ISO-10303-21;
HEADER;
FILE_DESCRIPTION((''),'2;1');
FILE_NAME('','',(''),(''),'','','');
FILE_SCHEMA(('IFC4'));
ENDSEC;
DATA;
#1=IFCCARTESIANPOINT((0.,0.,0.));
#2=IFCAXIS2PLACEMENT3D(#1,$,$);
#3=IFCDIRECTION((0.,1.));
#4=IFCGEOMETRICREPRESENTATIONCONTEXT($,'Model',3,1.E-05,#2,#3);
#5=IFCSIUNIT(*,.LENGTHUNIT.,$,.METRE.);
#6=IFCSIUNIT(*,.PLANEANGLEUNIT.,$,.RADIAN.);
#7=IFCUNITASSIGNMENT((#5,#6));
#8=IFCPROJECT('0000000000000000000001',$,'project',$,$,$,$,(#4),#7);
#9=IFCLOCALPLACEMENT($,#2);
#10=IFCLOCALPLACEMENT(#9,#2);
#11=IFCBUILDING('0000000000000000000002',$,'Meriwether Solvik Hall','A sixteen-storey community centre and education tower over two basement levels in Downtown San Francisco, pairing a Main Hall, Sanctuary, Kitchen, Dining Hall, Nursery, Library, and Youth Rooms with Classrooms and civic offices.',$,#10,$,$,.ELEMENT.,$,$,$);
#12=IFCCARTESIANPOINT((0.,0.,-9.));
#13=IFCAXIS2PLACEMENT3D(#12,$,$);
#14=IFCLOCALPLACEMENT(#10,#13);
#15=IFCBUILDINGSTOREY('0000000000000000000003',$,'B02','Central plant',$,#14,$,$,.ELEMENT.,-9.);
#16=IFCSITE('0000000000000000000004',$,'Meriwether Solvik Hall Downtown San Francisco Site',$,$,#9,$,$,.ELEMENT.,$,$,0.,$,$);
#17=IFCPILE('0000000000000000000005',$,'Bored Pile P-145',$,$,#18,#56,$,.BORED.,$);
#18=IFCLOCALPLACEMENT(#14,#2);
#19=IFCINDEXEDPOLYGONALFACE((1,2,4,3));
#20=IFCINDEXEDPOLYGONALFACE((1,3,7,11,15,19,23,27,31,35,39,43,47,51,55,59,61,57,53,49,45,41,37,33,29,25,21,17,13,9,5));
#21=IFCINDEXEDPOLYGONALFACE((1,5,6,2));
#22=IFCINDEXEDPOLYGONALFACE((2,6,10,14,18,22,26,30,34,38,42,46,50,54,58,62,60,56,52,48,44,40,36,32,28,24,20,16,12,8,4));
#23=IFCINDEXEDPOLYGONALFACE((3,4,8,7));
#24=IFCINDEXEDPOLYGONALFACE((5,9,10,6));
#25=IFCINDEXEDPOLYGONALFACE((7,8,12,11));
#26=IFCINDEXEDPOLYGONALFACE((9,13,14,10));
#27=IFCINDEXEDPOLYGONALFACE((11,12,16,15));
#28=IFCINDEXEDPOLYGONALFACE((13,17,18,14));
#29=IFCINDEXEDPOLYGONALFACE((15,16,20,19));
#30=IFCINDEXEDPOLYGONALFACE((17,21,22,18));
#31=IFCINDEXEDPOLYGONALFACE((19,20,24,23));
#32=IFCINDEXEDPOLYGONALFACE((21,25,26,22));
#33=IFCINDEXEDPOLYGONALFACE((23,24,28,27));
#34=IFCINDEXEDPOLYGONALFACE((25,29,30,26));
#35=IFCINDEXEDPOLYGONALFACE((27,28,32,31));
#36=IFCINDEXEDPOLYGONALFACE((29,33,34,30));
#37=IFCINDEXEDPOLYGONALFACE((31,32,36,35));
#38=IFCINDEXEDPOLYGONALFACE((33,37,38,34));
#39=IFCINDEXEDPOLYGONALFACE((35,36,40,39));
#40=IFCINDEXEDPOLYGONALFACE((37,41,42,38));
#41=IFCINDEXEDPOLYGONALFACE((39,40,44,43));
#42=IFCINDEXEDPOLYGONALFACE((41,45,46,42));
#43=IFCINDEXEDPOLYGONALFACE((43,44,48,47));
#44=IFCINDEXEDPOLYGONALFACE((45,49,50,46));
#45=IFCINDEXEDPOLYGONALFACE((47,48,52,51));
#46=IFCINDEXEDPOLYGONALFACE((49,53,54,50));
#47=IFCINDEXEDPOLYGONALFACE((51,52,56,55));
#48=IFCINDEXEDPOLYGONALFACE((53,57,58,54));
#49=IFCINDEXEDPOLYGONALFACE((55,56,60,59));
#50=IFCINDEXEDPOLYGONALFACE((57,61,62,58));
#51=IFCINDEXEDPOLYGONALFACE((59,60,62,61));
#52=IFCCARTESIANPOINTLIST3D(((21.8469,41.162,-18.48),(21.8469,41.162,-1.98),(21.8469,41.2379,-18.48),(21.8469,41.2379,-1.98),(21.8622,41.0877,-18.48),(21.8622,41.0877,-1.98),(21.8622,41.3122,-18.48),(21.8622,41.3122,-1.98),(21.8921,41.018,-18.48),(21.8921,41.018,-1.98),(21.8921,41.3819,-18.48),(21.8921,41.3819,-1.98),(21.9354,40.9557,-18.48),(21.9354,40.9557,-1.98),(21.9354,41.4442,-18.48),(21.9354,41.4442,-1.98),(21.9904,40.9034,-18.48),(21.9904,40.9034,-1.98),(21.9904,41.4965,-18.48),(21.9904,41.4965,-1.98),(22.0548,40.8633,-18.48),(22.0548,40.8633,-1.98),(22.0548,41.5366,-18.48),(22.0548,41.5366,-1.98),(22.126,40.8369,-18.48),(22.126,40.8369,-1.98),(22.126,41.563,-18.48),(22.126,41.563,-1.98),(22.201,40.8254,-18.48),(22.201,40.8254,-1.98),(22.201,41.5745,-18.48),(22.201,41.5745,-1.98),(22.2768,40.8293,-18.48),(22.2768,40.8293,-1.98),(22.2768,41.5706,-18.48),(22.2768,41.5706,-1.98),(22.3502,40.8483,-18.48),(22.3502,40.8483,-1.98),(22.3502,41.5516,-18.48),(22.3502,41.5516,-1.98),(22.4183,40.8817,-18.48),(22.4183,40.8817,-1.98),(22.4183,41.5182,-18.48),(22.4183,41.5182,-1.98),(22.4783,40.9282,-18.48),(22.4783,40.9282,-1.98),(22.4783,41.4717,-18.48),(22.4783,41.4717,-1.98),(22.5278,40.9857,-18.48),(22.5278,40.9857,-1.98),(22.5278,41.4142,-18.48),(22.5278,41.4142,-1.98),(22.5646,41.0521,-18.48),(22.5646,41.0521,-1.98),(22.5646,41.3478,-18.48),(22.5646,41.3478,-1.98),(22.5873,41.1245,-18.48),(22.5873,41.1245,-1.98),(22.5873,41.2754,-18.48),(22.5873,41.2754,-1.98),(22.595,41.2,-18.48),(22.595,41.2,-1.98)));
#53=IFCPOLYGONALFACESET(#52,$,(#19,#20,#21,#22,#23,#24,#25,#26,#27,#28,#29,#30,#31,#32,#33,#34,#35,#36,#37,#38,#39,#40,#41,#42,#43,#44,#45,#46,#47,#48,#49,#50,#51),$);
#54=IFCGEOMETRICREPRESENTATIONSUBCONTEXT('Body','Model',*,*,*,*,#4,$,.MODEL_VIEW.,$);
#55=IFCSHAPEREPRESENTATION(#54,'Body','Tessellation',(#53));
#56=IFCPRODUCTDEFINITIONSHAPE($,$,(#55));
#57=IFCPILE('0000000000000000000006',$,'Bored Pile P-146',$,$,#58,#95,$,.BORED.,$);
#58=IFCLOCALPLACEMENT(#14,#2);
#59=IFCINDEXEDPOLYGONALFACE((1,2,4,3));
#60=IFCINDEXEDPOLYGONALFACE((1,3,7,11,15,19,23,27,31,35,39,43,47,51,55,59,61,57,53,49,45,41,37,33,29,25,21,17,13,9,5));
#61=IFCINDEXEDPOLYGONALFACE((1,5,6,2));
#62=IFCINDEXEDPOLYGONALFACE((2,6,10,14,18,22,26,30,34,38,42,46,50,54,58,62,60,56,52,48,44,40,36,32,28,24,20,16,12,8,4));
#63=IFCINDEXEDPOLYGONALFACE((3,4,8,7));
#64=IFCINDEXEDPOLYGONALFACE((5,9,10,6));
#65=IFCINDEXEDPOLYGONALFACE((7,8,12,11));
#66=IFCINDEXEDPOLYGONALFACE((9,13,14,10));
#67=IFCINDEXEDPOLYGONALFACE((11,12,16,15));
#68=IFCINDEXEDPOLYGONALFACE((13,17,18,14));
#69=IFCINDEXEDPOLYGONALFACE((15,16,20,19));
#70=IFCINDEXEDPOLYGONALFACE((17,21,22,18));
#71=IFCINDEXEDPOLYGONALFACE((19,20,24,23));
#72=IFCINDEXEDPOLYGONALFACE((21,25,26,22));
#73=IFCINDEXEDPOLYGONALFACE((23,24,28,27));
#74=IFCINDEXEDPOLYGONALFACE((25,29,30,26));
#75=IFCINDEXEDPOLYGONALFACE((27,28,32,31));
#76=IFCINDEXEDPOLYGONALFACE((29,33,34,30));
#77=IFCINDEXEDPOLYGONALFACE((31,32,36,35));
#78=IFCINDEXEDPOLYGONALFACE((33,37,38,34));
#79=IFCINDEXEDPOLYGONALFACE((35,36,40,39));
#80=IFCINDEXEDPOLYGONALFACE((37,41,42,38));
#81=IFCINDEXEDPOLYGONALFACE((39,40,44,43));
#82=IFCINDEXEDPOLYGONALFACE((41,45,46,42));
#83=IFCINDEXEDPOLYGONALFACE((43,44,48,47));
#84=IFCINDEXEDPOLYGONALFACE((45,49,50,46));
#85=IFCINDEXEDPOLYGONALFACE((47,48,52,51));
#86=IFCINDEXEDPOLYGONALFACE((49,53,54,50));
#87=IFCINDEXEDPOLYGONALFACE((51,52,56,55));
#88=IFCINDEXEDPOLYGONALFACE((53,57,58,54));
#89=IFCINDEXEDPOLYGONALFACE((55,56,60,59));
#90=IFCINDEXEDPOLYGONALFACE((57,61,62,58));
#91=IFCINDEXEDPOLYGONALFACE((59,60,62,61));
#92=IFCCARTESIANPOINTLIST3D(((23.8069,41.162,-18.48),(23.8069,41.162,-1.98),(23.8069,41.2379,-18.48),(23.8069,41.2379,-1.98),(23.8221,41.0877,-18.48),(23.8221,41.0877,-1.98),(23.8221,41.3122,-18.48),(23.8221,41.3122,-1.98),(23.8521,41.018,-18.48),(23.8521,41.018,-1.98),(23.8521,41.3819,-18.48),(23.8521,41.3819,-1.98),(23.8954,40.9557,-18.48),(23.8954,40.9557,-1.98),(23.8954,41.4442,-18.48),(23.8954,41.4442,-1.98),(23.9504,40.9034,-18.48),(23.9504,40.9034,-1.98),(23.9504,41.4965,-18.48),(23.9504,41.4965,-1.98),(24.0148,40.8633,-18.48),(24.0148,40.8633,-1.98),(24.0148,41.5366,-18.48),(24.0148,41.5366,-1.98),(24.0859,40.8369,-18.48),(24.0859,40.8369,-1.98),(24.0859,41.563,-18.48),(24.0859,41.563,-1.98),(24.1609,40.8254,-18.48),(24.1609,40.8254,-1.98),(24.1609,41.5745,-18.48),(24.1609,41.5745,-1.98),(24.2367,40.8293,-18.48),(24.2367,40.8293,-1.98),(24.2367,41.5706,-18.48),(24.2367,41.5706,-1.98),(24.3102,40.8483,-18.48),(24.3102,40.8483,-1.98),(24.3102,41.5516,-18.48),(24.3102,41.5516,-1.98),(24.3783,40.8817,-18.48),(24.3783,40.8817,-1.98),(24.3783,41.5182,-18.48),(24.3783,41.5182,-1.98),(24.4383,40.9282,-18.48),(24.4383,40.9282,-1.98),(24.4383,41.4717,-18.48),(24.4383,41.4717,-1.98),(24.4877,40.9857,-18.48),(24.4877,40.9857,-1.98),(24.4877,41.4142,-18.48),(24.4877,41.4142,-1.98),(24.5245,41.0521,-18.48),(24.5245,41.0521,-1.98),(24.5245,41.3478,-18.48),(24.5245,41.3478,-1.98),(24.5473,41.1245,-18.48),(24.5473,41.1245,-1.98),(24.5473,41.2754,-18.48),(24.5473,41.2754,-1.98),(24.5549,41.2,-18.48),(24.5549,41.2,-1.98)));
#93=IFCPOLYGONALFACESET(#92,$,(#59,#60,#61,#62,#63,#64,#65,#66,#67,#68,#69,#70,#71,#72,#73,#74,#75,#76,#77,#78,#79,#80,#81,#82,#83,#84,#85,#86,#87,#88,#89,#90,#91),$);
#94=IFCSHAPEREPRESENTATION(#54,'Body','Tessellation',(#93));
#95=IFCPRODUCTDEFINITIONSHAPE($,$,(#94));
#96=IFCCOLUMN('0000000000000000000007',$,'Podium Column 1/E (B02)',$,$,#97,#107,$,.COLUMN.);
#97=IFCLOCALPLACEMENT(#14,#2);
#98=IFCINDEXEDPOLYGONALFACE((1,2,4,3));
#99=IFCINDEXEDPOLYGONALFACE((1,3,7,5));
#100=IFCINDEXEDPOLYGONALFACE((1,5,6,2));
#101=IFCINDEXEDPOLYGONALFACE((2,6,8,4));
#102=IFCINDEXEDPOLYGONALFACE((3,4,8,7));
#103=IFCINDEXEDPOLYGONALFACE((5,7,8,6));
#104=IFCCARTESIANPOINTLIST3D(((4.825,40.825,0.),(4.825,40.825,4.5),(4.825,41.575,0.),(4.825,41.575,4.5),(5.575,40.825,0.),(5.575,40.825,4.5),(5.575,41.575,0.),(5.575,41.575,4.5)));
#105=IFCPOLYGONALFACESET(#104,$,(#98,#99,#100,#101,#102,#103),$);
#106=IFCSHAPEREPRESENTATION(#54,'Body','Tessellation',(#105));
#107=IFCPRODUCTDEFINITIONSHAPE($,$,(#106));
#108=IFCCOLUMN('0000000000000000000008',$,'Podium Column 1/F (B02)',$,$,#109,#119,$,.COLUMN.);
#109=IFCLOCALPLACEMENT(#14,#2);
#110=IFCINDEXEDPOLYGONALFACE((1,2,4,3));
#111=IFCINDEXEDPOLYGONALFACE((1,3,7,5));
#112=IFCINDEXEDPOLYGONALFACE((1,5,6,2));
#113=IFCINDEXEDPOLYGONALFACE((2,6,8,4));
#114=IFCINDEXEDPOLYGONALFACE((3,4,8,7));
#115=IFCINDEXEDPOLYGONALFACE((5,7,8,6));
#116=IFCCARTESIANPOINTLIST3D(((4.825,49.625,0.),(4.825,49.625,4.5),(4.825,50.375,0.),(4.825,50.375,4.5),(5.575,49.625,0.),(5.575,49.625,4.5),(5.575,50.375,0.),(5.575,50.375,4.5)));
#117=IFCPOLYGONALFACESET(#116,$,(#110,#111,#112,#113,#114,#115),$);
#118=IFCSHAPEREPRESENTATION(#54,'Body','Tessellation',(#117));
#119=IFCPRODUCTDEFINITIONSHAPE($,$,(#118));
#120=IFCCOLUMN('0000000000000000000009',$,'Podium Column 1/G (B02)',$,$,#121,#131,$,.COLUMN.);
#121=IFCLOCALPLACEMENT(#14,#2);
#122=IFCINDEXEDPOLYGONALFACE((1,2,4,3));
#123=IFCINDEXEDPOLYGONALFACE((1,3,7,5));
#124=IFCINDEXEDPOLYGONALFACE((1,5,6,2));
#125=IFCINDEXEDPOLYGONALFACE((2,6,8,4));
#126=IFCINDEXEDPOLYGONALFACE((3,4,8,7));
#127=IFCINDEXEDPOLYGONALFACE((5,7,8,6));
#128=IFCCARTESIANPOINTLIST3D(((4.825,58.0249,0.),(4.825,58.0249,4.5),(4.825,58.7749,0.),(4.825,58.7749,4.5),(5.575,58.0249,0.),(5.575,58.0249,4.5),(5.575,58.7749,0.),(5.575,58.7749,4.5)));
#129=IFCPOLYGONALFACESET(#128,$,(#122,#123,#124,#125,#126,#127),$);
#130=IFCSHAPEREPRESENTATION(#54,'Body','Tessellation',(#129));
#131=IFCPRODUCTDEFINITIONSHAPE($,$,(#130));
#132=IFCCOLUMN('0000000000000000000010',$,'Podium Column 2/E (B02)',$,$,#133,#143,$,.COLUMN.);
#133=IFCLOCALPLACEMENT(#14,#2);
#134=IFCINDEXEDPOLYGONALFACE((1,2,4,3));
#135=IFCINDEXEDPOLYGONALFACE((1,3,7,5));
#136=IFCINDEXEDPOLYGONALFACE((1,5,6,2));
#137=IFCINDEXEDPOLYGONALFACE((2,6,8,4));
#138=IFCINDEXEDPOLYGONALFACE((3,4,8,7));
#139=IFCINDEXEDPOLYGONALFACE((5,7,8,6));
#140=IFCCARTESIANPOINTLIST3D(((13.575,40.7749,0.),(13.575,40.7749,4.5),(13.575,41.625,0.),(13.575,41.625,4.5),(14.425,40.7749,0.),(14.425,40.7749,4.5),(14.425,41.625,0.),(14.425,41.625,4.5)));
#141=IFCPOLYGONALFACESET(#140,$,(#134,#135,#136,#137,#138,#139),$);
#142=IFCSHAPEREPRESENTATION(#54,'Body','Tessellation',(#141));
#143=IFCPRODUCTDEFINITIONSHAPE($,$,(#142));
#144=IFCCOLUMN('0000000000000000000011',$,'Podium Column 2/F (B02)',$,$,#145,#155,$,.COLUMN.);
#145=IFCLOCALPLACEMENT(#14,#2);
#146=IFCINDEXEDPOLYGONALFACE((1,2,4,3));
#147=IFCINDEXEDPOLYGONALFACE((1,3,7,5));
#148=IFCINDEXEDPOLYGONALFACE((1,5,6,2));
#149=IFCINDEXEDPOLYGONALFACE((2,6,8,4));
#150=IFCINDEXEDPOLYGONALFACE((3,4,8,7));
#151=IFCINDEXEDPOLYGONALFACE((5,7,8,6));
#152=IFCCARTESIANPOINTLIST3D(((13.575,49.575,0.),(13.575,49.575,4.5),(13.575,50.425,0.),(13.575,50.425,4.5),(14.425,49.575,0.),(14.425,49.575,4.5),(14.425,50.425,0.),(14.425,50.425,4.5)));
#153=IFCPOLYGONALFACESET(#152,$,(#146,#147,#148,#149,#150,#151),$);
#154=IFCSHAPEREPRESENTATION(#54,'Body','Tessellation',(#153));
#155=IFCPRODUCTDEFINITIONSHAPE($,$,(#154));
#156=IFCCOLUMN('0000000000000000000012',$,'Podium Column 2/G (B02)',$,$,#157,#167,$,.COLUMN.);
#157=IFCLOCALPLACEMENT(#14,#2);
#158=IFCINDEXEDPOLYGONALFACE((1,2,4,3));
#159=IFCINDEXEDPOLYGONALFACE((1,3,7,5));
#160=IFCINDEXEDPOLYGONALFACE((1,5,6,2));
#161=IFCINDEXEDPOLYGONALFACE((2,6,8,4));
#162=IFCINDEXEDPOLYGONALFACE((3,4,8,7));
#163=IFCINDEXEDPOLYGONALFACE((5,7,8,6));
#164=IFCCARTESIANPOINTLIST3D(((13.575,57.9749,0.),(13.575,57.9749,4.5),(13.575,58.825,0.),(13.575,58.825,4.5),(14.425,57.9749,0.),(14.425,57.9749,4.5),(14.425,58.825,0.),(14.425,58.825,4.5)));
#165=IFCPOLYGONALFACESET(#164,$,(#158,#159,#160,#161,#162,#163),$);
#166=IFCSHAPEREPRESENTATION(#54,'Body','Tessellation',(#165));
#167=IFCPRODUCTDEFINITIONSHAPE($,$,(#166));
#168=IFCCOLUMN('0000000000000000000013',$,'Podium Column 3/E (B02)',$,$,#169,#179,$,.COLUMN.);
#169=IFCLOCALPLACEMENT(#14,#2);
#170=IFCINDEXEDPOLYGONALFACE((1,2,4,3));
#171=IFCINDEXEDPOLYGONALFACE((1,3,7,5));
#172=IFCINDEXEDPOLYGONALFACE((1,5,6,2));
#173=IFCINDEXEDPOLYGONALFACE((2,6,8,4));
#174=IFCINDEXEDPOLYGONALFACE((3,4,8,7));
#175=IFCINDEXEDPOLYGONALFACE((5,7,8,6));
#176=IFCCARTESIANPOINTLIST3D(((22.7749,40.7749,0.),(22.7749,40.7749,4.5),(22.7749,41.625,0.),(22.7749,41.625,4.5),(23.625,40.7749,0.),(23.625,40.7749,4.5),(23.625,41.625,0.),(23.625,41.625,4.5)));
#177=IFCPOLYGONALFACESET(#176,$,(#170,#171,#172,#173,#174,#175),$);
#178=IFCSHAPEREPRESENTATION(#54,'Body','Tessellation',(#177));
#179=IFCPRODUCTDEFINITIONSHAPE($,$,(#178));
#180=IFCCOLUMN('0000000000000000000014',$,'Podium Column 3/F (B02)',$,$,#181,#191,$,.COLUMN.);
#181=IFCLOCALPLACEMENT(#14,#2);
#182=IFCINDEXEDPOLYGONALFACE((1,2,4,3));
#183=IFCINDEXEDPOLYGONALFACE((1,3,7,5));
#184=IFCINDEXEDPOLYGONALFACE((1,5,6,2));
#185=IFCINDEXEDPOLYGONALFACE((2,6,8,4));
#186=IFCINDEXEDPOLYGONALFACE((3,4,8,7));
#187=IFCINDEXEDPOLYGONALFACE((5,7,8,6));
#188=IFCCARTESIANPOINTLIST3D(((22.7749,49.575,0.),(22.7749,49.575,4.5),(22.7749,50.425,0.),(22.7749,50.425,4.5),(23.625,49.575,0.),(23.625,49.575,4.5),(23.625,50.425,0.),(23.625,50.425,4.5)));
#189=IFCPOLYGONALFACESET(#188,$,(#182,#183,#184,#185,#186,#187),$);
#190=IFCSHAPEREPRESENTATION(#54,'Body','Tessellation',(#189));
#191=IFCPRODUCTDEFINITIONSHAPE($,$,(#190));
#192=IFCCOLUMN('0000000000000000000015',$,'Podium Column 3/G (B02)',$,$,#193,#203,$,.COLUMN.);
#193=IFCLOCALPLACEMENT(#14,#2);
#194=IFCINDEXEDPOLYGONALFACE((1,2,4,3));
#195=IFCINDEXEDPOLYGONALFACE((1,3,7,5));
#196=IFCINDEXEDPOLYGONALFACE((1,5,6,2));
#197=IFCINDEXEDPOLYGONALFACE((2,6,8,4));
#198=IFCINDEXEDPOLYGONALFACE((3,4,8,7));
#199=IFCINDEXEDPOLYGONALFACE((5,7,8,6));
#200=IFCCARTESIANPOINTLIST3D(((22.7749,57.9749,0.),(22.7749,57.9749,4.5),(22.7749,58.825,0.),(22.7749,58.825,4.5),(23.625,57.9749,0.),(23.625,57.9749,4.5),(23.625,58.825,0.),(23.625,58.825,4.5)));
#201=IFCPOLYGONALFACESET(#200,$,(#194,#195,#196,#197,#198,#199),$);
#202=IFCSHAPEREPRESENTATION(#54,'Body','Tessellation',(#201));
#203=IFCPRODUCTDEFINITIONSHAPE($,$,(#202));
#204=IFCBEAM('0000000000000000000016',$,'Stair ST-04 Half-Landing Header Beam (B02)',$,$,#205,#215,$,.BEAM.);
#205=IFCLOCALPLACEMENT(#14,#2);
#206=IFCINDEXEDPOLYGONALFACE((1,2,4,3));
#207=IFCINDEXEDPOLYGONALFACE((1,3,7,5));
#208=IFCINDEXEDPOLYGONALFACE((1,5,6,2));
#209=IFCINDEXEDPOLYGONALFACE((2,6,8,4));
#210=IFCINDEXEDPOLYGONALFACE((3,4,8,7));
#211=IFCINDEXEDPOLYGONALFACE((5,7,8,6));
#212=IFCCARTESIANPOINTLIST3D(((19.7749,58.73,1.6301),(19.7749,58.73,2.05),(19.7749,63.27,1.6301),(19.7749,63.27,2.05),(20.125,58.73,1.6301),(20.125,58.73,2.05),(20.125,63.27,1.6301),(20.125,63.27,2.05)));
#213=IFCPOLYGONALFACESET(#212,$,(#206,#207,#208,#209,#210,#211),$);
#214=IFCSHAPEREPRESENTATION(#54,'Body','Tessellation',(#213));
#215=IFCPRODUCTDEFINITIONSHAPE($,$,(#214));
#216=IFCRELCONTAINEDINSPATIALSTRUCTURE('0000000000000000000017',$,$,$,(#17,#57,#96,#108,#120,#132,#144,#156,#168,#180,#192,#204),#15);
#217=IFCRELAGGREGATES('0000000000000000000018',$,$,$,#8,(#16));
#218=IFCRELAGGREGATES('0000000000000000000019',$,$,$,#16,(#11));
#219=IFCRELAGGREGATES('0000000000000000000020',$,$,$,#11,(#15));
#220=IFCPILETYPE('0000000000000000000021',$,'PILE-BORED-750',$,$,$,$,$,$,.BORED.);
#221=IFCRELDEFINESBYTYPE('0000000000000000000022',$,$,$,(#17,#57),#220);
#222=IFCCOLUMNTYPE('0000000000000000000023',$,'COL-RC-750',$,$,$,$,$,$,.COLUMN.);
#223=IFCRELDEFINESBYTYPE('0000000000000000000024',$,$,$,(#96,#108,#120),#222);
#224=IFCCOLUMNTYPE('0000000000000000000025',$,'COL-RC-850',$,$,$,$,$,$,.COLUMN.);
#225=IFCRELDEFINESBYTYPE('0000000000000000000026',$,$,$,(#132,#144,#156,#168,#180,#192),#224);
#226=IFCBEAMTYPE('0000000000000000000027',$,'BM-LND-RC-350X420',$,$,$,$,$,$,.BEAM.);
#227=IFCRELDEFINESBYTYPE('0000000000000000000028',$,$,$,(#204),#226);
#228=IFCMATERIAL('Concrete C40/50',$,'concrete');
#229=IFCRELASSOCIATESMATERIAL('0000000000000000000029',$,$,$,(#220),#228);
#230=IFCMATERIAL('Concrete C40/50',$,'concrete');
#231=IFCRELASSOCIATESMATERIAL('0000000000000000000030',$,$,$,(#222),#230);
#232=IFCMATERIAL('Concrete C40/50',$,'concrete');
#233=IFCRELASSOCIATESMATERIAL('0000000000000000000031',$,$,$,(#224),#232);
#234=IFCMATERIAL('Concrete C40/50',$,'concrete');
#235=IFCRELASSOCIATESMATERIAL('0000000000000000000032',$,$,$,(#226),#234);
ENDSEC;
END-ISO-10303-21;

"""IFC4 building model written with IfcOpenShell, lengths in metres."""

from ifc_helpers import new_model, si_unit, direction, frame, origin, origin_2d, place, context, subcontext, project, spatial, rectangle, circle, extrude, material, material_profile, profile_set, type_object, element, save


model = new_model("IFC4")

# Units and contexts
model_context = context("Model", 3, precision=1e-05, world=origin(), true_north=direction((0.0, 1.0)))
body_context = subcontext(model_context, "Body", "Model", "MODEL_VIEW")
ifc_project = project(units=[si_unit("LENGTHUNIT", "METRE"), si_unit("PLANEANGLEUNIT", "RADIAN")], contexts=[model_context])

# Site, building, storey
site_placement = place(None, origin())
site = spatial("IfcSite", under=ifc_project, at=site_placement, Name="Meriwether Solvik Hall Downtown San Francisco Site", CompositionType="ELEMENT", RefElevation=0.0)
building_placement = place(site_placement, origin())
building = spatial("IfcBuilding", under=site, at=building_placement, Name="Meriwether Solvik Hall", Description="A sixteen-storey community centre and education tower over two basement levels in Downtown San Francisco, pairing a Main Hall, Sanctuary, Kitchen, Dining Hall, Nursery, Library, and Youth Rooms with Classrooms and civic offices.", CompositionType="ELEMENT")
storey_placement = place(building_placement, frame((0.0, 0.0, -9.0)))
storey = spatial("IfcBuildingStorey", under=building, at=storey_placement, Name="B02", Description="Central plant", CompositionType="ELEMENT", Elevation=-9.0)

# Piles
ifc_material_1 = material(Name="Concrete C40/50", Category="concrete")
ifc_material_profile_1 = material_profile(ifc_material_1, circle(Radius=0.375, at=origin_2d()), Name="PILE-D750")
ifc_profile_set_1 = profile_set([ifc_material_profile_1], Name="Concrete C40/50")
pile_type_1 = type_object("IfcPileType", Name="PILE-BORED-750", PredefinedType="BORED", material=ifc_profile_set_1)
for number, where, z_axis, x_axis, name in (
    (1, (22.22, 41.2, -1.98), (0.0, 0.0, -1.0), (1.0, 0.0, 0.0), "Bored Pile P-145"),
    (2, (24.1799, 41.2, -1.98), (0.0, 0.0, -1.0), (1.0, 0.0, 0.0), "Bored Pile P-146"),
):
    element("IfcPile", number, at=place(storey_placement, frame(where, z_axis=z_axis, x_axis=x_axis)), inside=storey, type_object=pile_type_1, Name=name, PredefinedType="BORED", context=body_context, shape_type="SweptSolid", body=[
        extrude(circle(Radius=0.375, at=origin_2d()), origin(), (0.0, 0.0, 1.0), 16.5),
    ])

# Columns
ifc_material_2 = material(Name="Concrete C40/50", Category="concrete")
ifc_material_profile_2 = material_profile(ifc_material_2, rectangle(XDim=0.75, YDim=0.75, at=origin_2d()), Name="RCC-750X750")
ifc_profile_set_2 = profile_set([ifc_material_profile_2], Name="Concrete C40/50")
column_type_1 = type_object("IfcColumnType", Name="COL-RC-750", PredefinedType="COLUMN", material=ifc_profile_set_2)
for number, where, z_axis, x_axis, name in (
    (3, (5.2, 41.2, 0.0), (0.0, 0.0, 1.0), (1.0, 0.0, 0.0), "Podium Column 1/E (B02)"),
    (4, (5.2, 50.0, 0.0), (0.0, 0.0, 1.0), (1.0, 0.0, 0.0), "Podium Column 1/F (B02)"),
    (5, (5.2, 58.3999, 0.0), (0.0, 0.0, 1.0), (1.0, 0.0, 0.0), "Podium Column 1/G (B02)"),
):
    element("IfcColumn", number, at=place(storey_placement, frame(where, z_axis=z_axis, x_axis=x_axis)), inside=storey, type_object=column_type_1, Name=name, PredefinedType="COLUMN", context=body_context, shape_type="SweptSolid", body=[
        extrude(rectangle(XDim=0.75, YDim=0.75, at=origin_2d()), origin(), (0.0, 0.0, 1.0), 4.5),
    ])
ifc_material_3 = material(Name="Concrete C40/50", Category="concrete")
ifc_material_profile_3 = material_profile(ifc_material_3, rectangle(XDim=0.8501, YDim=0.8501, at=origin_2d()), Name="RCC-850X850")
ifc_profile_set_3 = profile_set([ifc_material_profile_3], Name="Concrete C40/50")
column_type_2 = type_object("IfcColumnType", Name="COL-RC-850", PredefinedType="COLUMN", material=ifc_profile_set_3)
for number, where, z_axis, x_axis, name in (
    (6, (14.0, 41.2, 0.0), (0.0, 0.0, 1.0), (1.0, 0.0, 0.0), "Podium Column 2/E (B02)"),
    (7, (14.0, 50.0, 0.0), (0.0, 0.0, 1.0), (1.0, 0.0, 0.0), "Podium Column 2/F (B02)"),
    (8, (14.0, 58.3999, 0.0), (0.0, 0.0, 1.0), (1.0, 0.0, 0.0), "Podium Column 2/G (B02)"),
    (9, (23.2, 41.2, 0.0), (0.0, 0.0, 1.0), (1.0, 0.0, 0.0), "Podium Column 3/E (B02)"),
    (10, (23.2, 50.0, 0.0), (0.0, 0.0, 1.0), (1.0, 0.0, 0.0), "Podium Column 3/F (B02)"),
    (11, (23.2, 58.3999, 0.0), (0.0, 0.0, 1.0), (1.0, 0.0, 0.0), "Podium Column 3/G (B02)"),
):
    element("IfcColumn", number, at=place(storey_placement, frame(where, z_axis=z_axis, x_axis=x_axis)), inside=storey, type_object=column_type_2, Name=name, PredefinedType="COLUMN", context=body_context, shape_type="SweptSolid", body=[
        extrude(rectangle(XDim=0.8501, YDim=0.8501, at=origin_2d()), origin(), (0.0, 0.0, 1.0), 4.5),
    ])

# Beam
ifc_material_4 = material(Name="Concrete C40/50", Category="concrete")
ifc_material_profile_4 = material_profile(ifc_material_4, rectangle(XDim=0.3501, YDim=0.4199, at=origin_2d()), Name="RCB-350X420")
ifc_profile_set_4 = profile_set([ifc_material_profile_4], Name="Concrete C40/50")
beam_type = type_object("IfcBeamType", Name="BM-LND-RC-350X420", PredefinedType="BEAM", material=ifc_profile_set_4)
beam_placement = place(storey_placement, frame((19.95, 58.73, 1.8401), z_axis=(0.0, 1.0, 0.0), x_axis=(-1.0, 0.0, 0.0)))
element("IfcBeam", 12, at=beam_placement, inside=storey, type_object=beam_type, Name="Stair ST-04 Half-Landing Header Beam (B02)", PredefinedType="BEAM", context=body_context, shape_type="SweptSolid", body=[
    extrude(rectangle(XDim=0.3501, YDim=0.4199, at=origin_2d()), origin(), (0.0, 0.0, 1.0), 4.54),
])

save(model, "model.ifc")
